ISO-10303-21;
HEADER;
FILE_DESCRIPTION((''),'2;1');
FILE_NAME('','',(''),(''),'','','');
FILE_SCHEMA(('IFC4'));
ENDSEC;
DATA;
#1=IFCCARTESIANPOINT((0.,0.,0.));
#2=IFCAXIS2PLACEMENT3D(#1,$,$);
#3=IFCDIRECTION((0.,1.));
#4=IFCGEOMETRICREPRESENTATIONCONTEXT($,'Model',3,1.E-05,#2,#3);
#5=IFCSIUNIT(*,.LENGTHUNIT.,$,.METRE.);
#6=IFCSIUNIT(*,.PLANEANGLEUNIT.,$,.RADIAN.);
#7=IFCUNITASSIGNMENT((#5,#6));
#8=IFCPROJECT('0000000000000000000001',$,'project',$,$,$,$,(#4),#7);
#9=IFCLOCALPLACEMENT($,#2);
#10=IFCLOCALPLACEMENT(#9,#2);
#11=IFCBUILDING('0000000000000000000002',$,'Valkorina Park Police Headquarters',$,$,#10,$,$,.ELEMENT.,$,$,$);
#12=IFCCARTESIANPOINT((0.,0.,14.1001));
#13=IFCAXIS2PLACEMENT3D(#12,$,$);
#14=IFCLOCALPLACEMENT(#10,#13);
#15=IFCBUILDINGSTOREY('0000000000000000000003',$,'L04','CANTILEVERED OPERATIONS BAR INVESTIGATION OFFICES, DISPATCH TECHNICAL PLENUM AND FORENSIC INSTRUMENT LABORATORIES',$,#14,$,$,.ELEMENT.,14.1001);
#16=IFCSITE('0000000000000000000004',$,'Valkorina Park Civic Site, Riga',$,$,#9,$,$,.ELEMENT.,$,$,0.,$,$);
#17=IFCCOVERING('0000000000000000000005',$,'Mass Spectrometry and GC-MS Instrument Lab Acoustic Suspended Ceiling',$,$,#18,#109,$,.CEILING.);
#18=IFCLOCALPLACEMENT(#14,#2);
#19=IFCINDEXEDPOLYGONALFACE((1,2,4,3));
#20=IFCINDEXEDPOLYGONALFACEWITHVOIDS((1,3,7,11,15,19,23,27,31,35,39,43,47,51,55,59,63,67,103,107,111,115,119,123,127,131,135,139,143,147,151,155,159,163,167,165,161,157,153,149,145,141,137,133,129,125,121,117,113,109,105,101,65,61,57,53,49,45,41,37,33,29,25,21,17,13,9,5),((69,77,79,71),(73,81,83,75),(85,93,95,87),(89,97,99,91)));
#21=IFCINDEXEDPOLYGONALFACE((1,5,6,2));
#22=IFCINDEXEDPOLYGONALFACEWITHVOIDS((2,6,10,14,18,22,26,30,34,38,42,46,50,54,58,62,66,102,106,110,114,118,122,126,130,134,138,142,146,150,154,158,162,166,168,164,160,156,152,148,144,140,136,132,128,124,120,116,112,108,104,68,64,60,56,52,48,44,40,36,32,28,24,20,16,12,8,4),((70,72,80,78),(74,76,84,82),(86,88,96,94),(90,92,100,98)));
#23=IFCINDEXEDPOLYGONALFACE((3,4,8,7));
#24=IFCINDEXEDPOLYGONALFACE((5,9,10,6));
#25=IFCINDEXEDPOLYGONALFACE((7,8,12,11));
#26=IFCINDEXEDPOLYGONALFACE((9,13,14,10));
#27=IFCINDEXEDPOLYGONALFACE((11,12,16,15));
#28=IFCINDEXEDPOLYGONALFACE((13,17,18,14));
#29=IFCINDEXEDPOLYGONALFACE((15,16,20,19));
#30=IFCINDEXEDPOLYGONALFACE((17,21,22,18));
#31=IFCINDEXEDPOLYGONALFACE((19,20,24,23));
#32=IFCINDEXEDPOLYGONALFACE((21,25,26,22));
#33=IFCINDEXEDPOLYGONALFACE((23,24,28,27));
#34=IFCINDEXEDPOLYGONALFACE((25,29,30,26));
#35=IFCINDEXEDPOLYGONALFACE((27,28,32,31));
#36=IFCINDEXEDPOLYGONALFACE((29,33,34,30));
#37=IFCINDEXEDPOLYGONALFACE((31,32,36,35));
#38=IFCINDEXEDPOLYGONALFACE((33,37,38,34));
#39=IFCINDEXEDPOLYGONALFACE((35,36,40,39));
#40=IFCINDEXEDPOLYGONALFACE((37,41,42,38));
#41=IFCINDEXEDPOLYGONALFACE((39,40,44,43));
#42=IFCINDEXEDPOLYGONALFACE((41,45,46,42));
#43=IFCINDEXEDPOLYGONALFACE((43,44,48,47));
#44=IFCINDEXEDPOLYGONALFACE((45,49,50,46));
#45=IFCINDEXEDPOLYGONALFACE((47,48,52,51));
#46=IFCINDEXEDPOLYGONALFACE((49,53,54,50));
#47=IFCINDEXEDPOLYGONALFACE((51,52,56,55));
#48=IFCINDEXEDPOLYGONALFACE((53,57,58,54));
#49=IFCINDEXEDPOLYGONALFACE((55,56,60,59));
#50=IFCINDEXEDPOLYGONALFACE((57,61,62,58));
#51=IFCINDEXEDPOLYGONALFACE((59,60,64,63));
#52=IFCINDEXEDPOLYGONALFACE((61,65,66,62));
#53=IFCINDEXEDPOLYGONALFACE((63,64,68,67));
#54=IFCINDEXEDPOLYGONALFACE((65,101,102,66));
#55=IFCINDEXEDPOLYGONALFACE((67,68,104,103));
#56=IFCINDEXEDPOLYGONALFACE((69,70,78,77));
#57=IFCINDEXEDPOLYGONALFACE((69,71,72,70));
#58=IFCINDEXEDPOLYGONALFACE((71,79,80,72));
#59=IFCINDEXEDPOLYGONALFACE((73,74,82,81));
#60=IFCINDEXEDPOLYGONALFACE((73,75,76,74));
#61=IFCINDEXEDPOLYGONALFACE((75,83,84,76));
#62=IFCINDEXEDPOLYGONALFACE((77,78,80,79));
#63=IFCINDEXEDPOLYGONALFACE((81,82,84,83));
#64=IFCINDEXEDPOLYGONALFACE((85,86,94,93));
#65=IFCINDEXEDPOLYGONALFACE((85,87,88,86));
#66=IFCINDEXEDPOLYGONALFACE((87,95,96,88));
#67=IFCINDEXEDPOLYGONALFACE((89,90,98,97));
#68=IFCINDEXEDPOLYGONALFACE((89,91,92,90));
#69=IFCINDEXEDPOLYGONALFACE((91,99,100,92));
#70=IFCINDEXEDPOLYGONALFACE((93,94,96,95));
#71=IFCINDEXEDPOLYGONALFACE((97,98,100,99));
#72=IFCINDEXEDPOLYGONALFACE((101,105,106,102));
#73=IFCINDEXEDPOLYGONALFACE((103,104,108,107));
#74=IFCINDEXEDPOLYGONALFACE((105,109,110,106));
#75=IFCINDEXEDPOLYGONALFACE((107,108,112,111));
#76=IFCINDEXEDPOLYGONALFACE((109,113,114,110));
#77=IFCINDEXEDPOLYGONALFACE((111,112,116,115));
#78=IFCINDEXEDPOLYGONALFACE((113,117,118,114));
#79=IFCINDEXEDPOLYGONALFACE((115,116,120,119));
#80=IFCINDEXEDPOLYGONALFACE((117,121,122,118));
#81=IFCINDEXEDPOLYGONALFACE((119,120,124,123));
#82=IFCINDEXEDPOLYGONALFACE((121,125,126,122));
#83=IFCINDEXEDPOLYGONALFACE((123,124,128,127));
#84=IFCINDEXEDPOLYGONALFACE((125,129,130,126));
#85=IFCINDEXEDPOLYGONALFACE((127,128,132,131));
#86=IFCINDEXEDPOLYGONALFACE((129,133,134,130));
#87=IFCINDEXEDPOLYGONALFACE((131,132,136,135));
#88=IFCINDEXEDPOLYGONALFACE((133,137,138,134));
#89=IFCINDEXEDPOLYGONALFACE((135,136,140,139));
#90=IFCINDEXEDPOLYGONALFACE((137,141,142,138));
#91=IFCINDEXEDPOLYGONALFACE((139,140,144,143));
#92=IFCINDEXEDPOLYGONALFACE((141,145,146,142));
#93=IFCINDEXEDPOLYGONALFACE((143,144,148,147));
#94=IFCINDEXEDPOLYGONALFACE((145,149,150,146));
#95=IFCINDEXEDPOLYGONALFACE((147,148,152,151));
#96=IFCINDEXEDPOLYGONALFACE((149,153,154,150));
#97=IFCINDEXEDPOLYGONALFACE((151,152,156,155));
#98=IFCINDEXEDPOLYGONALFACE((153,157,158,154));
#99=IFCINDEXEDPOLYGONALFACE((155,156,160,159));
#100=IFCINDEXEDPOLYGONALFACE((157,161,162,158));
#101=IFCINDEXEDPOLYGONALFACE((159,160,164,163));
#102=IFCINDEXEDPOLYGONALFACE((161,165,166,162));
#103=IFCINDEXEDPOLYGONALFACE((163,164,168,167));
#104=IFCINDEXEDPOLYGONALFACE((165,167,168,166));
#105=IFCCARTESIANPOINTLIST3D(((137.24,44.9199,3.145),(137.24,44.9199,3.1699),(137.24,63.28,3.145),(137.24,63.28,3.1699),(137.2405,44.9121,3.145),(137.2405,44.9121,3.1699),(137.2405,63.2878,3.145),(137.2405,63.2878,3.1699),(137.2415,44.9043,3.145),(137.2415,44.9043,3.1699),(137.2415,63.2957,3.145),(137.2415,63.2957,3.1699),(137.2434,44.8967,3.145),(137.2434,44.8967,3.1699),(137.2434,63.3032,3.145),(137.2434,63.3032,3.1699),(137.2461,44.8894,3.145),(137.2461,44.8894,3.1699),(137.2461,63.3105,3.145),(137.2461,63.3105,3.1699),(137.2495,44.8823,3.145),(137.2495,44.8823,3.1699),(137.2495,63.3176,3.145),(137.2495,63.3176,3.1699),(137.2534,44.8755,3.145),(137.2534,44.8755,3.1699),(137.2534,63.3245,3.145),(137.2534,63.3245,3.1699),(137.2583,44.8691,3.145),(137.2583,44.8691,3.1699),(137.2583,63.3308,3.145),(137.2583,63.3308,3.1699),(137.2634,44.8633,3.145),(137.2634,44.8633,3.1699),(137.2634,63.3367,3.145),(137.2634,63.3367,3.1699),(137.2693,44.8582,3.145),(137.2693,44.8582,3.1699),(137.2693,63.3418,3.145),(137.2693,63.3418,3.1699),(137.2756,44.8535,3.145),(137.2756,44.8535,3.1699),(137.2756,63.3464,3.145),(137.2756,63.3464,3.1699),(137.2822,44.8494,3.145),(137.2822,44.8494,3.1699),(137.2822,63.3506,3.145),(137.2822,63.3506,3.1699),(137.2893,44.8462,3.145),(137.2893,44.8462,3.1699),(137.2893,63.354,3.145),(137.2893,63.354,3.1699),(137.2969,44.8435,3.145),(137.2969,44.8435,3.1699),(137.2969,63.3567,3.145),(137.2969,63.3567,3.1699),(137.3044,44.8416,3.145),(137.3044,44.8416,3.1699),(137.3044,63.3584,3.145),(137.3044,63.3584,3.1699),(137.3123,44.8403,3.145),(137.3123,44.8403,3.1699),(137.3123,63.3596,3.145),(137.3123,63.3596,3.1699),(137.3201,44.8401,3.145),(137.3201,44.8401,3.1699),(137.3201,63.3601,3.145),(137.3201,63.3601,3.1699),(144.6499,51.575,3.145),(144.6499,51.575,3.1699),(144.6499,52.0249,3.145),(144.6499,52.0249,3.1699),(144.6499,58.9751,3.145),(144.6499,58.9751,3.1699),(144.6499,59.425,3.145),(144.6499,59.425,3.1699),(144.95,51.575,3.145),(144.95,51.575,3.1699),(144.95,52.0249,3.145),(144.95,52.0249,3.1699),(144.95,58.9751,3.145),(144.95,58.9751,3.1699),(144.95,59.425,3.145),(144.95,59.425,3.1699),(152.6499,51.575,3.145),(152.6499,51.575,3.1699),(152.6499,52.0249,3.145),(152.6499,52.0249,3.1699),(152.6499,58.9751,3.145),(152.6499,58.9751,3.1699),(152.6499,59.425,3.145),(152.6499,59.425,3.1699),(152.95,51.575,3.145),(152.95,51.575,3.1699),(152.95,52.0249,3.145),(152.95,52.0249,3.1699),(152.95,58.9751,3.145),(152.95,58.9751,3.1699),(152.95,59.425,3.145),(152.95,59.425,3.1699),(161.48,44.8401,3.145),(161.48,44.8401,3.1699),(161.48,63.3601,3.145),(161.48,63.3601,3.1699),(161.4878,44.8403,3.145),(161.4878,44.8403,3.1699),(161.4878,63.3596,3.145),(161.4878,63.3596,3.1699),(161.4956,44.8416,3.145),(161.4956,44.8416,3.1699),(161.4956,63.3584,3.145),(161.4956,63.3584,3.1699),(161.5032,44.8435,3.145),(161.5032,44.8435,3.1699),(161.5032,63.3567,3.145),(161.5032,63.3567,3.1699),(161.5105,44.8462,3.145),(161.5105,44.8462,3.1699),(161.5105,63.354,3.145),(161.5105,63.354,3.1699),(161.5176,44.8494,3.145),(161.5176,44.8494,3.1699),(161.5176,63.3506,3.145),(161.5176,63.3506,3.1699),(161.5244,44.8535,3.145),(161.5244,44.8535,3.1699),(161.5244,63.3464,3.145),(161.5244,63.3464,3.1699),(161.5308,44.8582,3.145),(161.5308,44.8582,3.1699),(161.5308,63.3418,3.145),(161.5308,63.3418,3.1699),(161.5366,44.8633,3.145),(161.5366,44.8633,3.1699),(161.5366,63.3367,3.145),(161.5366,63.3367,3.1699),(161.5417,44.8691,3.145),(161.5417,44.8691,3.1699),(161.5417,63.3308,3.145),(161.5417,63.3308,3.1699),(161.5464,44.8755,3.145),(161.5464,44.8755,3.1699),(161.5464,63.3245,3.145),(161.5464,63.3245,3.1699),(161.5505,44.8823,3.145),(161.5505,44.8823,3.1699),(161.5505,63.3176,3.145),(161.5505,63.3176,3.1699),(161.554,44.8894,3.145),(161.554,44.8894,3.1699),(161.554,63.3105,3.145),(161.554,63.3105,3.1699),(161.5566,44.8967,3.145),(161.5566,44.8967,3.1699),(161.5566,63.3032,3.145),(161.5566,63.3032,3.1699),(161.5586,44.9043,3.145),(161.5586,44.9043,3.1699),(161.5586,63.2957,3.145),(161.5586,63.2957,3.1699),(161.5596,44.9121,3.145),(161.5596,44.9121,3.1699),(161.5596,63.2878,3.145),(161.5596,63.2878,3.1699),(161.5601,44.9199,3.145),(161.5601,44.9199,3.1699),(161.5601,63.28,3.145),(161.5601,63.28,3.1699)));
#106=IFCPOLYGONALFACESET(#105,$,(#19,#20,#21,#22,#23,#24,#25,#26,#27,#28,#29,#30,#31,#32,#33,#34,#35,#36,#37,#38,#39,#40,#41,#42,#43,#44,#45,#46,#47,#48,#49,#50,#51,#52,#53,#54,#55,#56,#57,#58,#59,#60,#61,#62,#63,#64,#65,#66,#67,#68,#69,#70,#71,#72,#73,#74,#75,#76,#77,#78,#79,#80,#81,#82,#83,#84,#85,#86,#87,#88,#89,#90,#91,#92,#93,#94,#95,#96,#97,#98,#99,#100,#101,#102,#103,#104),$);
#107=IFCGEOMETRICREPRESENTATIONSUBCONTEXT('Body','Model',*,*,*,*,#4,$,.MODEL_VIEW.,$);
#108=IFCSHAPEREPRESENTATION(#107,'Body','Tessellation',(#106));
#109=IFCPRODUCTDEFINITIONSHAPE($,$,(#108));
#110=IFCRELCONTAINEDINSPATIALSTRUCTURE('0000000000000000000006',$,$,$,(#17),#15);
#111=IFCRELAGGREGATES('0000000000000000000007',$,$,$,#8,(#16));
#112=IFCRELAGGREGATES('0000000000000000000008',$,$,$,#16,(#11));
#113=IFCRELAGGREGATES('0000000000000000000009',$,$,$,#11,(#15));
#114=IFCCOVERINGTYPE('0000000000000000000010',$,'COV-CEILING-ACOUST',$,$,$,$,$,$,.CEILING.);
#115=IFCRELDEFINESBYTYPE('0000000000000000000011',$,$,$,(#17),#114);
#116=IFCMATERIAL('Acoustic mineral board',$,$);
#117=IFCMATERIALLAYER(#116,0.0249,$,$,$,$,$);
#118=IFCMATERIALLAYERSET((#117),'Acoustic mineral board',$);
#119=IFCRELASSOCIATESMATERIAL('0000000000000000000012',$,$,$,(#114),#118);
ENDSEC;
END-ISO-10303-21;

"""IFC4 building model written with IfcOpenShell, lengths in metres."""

from ifc_helpers import new_model, si_unit, direction, frame, origin, place, context, subcontext, project, spatial, polyline, outline, extrude, material, layer, layer_set, type_object, element, save


model = new_model("IFC4")

# Units and contexts
model_context = context("Model", 3, precision=1e-05, world=origin(), true_north=direction((0.0, 1.0)))
body_context = subcontext(model_context, "Body", "Model", "MODEL_VIEW")
ifc_project = project(units=[si_unit("LENGTHUNIT", "METRE"), si_unit("PLANEANGLEUNIT", "RADIAN")], contexts=[model_context])

# Site, building, storey
site_placement = place(None, origin())
site = spatial("IfcSite", under=ifc_project, at=site_placement, Name="Valkorina Park Civic Site, Riga", CompositionType="ELEMENT", RefElevation=0.0)
building_placement = place(site_placement, origin())
building = spatial("IfcBuilding", under=site, at=building_placement, Name="Valkorina Park Police Headquarters", CompositionType="ELEMENT")
storey_placement = place(building_placement, frame((0.0, 0.0, 14.1001)))
storey = spatial("IfcBuildingStorey", under=building, at=storey_placement, Name="L04", Description="CANTILEVERED OPERATIONS BAR INVESTIGATION OFFICES, DISPATCH TECHNICAL PLENUM AND FORENSIC INSTRUMENT LABORATORIES", CompositionType="ELEMENT", Elevation=14.1001)

# Covering
ifc_material_1 = material(Name="Acoustic mineral board")
ifc_layer_1 = layer(ifc_material_1, 0.0249)
ifc_layer_set_1 = layer_set([ifc_layer_1], Name="Acoustic mineral board")
covering_type_1 = type_object("IfcCoveringType", Name="COV-CEILING-ACOUST", PredefinedType="CEILING", material=ifc_layer_set_1)
covering_1_placement = place(storey_placement, frame((0.0, 0.0, 3.145)))
element("IfcCovering", 1, at=covering_1_placement, inside=storey, type_object=covering_type_1, Name="Mass Spectrometry and GC-MS Instrument Lab Acoustic Suspended Ceiling", PredefinedType="CEILING", context=body_context, shape_type="SweptSolid", body=[
    extrude(outline(polyline([(161.5586, 44.9043), (161.5596, 44.9121), (161.5601, 44.9199), (161.5601, 63.28), (161.5596, 63.2878), (161.5586, 63.2957), (161.5566, 63.3032), (161.554, 63.3105), (161.5505, 63.3176), (161.5464, 63.3245), (161.5417, 63.3308), (161.5366, 63.3367), (161.5308, 63.3418), (161.5244, 63.3464), (161.5176, 63.3506), (161.5105, 63.354), (161.5032, 63.3567), (161.4956, 63.3584), (161.4878, 63.3596), (161.48, 63.3601), (137.3201, 63.3601), (137.3123, 63.3596), (137.3044, 63.3584), (137.2969, 63.3567), (137.2893, 63.354), (137.2822, 63.3506), (137.2756, 63.3464), (137.2693, 63.3418), (137.2634, 63.3367), (137.2583, 63.3308), (137.2534, 63.3245), (137.2495, 63.3176), (137.2461, 63.3105), (137.2434, 63.3032), (137.2415, 63.2957), (137.2405, 63.2878), (137.24, 63.28), (137.24, 44.9199), (137.2405, 44.9121), (137.2415, 44.9043), (137.2434, 44.8967), (137.2461, 44.8894), (137.2495, 44.8823), (137.2534, 44.8755), (137.2583, 44.8691), (137.2634, 44.8633), (137.2693, 44.8582), (137.2756, 44.8535), (137.2822, 44.8494), (137.2893, 44.8462), (137.2969, 44.8435), (137.3044, 44.8416), (137.3123, 44.8403), (137.3201, 44.8401), (161.48, 44.8401), (161.4878, 44.8403), (161.4956, 44.8416), (161.5032, 44.8435), (161.5105, 44.8462), (161.5176, 44.8494), (161.5244, 44.8535), (161.5308, 44.8582), (161.5366, 44.8633), (161.5417, 44.8691), (161.5464, 44.8755), (161.5505, 44.8823), (161.554, 44.8894), (161.5566, 44.8967), (161.5586, 44.9043)]), holes=[polyline([(152.95, 59.425), (152.95, 58.9751), (152.6499, 58.9751), (152.6499, 59.425), (152.95, 59.425)]), polyline([(152.95, 52.0249), (152.95, 51.575), (152.6499, 51.575), (152.6499, 52.0249), (152.95, 52.0249)]), polyline([(144.6499, 52.0249), (144.95, 52.0249), (144.95, 51.575), (144.6499, 51.575), (144.6499, 52.0249)]), polyline([(144.95, 59.425), (144.95, 58.9751), (144.6499, 58.9751), (144.6499, 59.425), (144.95, 59.425)])]), origin(), (0.0, 0.0, 1.0), 0.0249),
])

save(model, "model.ifc")
